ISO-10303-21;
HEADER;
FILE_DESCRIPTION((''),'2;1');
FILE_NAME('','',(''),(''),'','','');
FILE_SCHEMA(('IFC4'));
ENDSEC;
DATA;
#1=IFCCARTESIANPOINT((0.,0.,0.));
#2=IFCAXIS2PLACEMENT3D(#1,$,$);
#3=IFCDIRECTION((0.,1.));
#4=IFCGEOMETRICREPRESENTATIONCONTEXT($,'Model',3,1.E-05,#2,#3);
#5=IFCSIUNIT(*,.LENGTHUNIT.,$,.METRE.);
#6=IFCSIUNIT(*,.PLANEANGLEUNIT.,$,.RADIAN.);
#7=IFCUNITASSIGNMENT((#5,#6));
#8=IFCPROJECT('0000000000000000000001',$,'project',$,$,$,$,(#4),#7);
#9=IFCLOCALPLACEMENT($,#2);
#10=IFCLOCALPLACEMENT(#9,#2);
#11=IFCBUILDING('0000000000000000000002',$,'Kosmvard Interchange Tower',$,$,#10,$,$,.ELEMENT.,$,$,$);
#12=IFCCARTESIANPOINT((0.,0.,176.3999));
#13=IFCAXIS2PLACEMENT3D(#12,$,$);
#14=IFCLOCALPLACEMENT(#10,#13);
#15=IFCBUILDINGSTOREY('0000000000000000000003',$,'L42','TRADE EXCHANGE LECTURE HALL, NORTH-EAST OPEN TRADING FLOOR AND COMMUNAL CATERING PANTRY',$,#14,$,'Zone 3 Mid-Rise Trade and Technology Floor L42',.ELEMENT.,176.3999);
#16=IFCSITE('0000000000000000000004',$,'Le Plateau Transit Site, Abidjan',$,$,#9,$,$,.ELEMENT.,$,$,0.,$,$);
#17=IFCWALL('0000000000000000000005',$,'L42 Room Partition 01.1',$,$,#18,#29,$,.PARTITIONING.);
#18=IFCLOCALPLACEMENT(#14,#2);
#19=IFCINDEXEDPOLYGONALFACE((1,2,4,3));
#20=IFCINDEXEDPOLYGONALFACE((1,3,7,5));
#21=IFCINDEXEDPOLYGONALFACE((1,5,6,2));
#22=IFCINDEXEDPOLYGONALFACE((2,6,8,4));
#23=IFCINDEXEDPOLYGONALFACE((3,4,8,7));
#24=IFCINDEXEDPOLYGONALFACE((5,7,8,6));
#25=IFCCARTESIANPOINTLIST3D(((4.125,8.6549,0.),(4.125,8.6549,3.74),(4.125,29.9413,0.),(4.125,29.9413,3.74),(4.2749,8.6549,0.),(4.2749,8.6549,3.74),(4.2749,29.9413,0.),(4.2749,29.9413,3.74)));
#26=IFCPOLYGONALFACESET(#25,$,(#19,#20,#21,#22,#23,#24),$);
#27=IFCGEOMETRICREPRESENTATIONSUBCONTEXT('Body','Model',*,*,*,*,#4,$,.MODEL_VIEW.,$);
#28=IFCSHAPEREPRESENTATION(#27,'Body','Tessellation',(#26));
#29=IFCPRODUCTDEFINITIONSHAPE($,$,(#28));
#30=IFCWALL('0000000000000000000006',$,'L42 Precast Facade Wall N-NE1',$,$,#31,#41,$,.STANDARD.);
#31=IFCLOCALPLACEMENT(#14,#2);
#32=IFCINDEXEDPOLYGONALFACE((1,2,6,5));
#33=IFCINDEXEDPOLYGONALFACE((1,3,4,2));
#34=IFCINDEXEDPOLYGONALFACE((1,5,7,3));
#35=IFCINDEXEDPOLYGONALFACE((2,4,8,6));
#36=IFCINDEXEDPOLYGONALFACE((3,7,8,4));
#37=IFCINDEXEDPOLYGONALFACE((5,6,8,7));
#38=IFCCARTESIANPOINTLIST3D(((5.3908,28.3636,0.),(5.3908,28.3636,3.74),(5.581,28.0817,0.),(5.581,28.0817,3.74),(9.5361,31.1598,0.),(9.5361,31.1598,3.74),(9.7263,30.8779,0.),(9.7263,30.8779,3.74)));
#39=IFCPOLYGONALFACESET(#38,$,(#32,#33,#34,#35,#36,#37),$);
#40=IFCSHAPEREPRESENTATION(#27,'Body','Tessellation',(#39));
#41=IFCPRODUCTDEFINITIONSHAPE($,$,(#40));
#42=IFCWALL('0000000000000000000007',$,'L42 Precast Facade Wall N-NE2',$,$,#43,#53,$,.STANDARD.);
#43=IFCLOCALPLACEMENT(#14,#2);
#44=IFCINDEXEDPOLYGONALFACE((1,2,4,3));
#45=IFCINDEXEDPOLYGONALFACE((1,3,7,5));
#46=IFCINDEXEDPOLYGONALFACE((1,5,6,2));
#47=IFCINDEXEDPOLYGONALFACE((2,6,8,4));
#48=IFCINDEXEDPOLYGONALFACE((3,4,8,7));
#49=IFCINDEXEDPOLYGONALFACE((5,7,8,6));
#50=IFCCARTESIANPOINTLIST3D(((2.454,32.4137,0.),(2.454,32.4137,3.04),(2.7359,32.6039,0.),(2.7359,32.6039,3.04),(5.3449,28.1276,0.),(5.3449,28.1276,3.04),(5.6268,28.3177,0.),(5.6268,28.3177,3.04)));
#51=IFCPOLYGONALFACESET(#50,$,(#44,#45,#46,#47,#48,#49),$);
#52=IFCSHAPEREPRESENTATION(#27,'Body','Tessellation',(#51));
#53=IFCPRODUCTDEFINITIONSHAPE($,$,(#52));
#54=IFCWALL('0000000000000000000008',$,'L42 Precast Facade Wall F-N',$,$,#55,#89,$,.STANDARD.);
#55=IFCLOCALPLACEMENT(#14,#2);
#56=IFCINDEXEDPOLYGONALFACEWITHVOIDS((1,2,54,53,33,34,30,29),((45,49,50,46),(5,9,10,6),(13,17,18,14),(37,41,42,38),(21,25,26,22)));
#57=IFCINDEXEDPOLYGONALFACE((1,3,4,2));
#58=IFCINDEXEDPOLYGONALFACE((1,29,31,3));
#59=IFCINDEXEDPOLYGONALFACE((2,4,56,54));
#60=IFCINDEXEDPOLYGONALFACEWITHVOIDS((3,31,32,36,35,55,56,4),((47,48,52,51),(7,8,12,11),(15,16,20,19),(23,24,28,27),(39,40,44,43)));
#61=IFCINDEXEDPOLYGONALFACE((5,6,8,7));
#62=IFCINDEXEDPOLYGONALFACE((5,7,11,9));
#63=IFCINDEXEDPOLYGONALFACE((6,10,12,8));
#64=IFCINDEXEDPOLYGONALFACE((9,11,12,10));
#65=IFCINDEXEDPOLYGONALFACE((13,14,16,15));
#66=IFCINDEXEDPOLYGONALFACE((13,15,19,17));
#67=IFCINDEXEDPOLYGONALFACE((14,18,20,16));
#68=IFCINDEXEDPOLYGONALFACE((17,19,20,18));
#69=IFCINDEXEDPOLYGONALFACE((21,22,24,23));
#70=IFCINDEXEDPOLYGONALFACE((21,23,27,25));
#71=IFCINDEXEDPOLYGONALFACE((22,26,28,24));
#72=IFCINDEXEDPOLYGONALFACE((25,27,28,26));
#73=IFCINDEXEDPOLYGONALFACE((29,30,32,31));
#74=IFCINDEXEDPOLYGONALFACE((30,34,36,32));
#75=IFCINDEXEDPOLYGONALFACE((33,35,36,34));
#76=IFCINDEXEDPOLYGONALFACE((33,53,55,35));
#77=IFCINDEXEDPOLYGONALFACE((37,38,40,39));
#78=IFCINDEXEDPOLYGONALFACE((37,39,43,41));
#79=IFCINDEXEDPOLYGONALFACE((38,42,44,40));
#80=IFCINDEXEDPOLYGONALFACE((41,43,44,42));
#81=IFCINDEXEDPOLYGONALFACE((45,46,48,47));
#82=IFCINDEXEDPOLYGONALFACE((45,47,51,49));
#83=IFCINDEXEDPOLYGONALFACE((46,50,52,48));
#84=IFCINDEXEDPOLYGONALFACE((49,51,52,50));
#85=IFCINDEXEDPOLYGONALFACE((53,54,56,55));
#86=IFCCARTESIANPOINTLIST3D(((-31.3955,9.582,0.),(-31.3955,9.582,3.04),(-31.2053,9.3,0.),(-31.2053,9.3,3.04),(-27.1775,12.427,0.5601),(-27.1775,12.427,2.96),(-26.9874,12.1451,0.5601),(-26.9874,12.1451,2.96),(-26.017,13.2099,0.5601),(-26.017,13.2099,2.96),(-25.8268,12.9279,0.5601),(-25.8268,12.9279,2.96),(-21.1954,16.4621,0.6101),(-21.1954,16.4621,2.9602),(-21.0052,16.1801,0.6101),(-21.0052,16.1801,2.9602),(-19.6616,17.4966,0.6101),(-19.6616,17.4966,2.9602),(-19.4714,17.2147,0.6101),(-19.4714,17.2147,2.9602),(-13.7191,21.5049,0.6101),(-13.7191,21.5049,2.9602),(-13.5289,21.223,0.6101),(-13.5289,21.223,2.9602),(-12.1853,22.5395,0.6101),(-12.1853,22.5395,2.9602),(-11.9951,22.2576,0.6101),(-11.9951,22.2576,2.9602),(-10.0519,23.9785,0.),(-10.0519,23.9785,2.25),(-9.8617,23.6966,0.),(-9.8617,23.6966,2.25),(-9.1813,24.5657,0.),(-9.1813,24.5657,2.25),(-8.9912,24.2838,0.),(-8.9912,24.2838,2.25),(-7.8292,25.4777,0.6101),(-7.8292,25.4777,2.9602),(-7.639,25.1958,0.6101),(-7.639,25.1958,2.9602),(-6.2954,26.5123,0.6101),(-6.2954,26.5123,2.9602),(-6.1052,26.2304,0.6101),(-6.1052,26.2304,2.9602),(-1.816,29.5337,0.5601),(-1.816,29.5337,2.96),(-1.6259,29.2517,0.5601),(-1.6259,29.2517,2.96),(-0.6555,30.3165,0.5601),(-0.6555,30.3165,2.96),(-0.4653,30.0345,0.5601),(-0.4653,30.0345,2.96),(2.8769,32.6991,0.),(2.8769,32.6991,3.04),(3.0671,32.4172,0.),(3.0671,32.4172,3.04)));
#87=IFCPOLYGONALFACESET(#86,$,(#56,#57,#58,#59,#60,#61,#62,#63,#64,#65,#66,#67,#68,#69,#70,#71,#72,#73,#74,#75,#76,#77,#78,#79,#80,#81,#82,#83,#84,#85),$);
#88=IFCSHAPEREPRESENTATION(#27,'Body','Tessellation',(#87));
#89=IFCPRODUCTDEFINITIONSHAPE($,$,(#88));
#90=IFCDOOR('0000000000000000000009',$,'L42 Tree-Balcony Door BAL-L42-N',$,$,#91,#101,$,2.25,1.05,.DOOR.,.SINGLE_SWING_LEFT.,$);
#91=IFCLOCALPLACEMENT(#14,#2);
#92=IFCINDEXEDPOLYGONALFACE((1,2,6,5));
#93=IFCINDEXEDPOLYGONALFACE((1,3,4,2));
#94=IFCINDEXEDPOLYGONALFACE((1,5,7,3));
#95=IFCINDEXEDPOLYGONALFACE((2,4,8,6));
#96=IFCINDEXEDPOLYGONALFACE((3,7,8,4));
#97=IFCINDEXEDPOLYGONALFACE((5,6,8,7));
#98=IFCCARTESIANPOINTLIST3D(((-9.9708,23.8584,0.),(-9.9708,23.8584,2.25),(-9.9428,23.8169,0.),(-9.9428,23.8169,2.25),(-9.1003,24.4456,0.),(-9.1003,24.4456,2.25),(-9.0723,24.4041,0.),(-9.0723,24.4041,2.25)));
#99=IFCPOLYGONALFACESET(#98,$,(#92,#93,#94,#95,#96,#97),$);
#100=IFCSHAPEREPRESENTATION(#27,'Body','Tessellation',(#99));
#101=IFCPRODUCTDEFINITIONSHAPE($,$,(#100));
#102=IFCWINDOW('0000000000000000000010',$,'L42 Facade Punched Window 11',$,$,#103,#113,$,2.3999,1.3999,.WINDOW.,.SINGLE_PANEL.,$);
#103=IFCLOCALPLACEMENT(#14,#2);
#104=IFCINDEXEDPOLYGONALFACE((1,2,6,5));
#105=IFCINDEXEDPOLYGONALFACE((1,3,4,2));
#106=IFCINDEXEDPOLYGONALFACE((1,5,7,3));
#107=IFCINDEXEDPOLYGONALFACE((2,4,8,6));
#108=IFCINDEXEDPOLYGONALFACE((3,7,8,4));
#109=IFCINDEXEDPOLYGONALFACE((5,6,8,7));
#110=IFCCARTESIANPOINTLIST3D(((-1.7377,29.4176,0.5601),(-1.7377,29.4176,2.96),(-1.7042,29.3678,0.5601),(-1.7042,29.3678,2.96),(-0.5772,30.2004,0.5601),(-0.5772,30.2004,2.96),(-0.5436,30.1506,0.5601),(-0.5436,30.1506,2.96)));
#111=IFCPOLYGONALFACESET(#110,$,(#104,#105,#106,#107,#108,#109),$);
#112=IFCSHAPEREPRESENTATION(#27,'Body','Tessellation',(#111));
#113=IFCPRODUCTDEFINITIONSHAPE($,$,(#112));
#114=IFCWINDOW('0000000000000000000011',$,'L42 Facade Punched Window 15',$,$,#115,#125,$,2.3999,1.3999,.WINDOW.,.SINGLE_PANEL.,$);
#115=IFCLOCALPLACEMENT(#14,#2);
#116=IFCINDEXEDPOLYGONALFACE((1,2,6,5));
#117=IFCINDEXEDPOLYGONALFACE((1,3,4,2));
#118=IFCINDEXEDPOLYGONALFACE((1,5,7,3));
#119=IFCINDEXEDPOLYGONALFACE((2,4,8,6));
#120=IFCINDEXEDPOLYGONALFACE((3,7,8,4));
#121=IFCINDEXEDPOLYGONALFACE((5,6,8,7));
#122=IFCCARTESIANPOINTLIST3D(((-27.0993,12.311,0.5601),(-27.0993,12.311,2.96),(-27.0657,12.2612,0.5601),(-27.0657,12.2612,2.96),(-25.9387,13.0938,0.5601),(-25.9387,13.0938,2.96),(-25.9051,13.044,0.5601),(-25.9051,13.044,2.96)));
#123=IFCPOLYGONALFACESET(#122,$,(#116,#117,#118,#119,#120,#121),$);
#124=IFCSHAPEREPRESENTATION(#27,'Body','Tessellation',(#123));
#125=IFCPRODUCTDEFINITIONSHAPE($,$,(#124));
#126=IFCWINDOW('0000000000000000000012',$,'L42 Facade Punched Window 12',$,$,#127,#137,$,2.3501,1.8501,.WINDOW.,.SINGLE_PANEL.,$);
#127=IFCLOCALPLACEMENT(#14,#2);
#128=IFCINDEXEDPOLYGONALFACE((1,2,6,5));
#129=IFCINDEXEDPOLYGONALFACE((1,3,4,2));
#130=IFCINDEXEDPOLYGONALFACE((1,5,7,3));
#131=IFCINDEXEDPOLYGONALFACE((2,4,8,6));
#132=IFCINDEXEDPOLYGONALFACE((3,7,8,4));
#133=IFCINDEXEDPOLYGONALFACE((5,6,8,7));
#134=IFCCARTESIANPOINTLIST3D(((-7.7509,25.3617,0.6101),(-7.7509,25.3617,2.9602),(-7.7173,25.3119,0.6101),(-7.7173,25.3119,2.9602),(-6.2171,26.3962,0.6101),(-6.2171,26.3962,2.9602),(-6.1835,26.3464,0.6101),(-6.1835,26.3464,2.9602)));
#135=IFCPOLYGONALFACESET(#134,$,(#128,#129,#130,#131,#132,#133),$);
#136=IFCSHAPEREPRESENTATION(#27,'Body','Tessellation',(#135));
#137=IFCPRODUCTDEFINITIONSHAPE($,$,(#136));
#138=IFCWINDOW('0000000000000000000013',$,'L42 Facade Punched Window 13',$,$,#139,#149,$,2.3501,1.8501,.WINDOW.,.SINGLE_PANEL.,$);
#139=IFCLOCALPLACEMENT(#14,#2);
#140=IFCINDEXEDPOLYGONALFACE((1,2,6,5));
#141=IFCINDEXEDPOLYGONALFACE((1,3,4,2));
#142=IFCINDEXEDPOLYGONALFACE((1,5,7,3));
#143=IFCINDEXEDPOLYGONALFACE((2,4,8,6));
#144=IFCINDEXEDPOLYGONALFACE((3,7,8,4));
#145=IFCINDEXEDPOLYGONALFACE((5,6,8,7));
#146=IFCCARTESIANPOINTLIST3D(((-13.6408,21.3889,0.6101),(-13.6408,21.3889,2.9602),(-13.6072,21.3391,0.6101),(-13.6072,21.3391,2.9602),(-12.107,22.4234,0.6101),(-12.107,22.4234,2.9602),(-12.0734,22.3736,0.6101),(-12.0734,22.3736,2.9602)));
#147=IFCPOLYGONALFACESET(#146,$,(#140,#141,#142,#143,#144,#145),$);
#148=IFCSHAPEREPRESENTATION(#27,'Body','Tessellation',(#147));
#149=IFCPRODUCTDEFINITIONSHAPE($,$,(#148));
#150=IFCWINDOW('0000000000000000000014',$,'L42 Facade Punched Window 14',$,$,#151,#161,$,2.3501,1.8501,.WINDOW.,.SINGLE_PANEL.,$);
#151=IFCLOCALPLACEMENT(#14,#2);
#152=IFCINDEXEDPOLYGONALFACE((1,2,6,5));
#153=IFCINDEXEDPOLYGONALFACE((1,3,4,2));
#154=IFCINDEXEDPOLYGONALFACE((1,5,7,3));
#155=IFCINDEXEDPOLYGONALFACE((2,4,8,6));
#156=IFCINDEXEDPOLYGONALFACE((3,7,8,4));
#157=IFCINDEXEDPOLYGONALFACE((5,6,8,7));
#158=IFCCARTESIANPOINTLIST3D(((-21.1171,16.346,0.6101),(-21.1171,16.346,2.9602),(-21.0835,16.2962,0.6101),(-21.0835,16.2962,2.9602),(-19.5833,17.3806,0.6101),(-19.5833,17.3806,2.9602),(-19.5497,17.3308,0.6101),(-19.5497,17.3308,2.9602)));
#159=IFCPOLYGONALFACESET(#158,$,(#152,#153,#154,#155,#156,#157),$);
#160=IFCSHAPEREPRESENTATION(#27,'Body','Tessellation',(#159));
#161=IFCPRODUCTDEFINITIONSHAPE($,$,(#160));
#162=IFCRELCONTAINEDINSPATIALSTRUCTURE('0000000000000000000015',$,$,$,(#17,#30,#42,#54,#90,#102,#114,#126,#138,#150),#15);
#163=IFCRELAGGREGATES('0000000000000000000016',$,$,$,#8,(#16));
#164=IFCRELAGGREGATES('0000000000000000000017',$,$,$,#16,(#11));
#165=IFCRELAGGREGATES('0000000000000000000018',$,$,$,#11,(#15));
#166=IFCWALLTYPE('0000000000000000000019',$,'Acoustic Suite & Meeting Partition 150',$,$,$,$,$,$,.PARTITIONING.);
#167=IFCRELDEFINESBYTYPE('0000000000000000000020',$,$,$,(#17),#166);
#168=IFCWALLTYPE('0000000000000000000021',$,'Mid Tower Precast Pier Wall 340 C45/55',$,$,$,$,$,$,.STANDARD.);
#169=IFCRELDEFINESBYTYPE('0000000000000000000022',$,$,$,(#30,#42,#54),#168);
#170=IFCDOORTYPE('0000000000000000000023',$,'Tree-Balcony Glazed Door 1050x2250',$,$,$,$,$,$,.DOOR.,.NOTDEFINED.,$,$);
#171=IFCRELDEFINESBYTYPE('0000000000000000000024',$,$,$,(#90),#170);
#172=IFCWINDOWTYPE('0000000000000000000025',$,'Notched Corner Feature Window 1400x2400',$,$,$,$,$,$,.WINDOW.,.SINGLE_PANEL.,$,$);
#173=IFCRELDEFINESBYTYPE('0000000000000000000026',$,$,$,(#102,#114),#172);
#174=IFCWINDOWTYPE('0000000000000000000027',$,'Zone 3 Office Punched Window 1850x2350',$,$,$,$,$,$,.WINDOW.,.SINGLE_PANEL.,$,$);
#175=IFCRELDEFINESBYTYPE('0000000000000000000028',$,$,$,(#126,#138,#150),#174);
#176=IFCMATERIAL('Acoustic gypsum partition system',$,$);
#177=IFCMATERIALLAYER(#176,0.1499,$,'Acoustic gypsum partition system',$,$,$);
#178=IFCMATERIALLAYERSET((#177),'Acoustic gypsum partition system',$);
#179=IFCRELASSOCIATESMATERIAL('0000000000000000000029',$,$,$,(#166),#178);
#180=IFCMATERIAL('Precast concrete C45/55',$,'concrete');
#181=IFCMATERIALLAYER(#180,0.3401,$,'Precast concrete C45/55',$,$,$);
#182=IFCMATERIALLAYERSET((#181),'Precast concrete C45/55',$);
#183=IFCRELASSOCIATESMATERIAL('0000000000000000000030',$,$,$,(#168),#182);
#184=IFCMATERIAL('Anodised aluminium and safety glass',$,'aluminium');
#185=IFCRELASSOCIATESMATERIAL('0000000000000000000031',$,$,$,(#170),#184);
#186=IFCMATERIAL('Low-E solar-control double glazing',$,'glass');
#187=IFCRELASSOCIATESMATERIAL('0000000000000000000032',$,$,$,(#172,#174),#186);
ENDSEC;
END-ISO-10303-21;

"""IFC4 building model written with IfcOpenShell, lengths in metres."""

from ifc_helpers import new_model, si_unit, direction, frame, frame_2d, origin, place, context, subcontext, project, spatial, rectangle, extrude, source, transform, mapped, material, layer, layer_set, type_object, element, fill, save


model = new_model("IFC4")

# Units and contexts
model_context = context("Model", 3, precision=1e-05, world=origin(), true_north=direction((0.0, 1.0)))
body_context = subcontext(model_context, "Body", "Model", "MODEL_VIEW")
ifc_project = project(units=[si_unit("LENGTHUNIT", "METRE"), si_unit("PLANEANGLEUNIT", "RADIAN")], contexts=[model_context])

# Site, building, storey
site_placement = place(None, origin())
site = spatial("IfcSite", under=ifc_project, at=site_placement, Name="Le Plateau Transit Site, Abidjan", CompositionType="ELEMENT", RefElevation=0.0)
building_placement = place(site_placement, origin())
building = spatial("IfcBuilding", under=site, at=building_placement, Name="Kosmvard Interchange Tower", CompositionType="ELEMENT")
storey_placement = place(building_placement, frame((0.0, 0.0, 176.3999)))
storey = spatial("IfcBuildingStorey", under=building, at=storey_placement, Name="L42", Description="TRADE EXCHANGE LECTURE HALL, NORTH-EAST OPEN TRADING FLOOR AND COMMUNAL CATERING PANTRY", LongName="Zone 3 Mid-Rise Trade and Technology Floor L42", CompositionType="ELEMENT", Elevation=176.3999)

# Shared definitions
ifc_material_1 = material(Name="Precast concrete C45/55", Category="concrete")

# Walls
ifc_material_2 = material(Name="Acoustic gypsum partition system")
ifc_layer_1 = layer(ifc_material_2, 0.1499, Name="Acoustic gypsum partition system")
ifc_layer_set_1 = layer_set([ifc_layer_1], Name="Acoustic gypsum partition system")
wall_type_1 = type_object("IfcWallType", Name="Acoustic Suite & Meeting Partition 150", PredefinedType="PARTITIONING", material=ifc_layer_set_1)
wall_1_placement = place(storey_placement, frame((4.2, 8.655, 0.0), z_axis=(0.0, 0.0, 1.0), x_axis=(0.0, 1.0, 0.0)))
element("IfcWall", 1, at=wall_1_placement, inside=storey, type_object=wall_type_1, Name="L42 Room Partition 01.1", PredefinedType="PARTITIONING", context=body_context, shape_type="SweptSolid", body=[
    extrude(rectangle(XDim=21.2864, YDim=0.1499, at=frame_2d((10.6431, 0.0))), origin(), (0.0, 0.0, 1.0), 3.74),
])
ifc_layer_2 = layer(ifc_material_1, 0.3401, Name="Precast concrete C45/55")
ifc_layer_set_2 = layer_set([ifc_layer_2], Name="Precast concrete C45/55")
wall_type_2 = type_object("IfcWallType", Name="Mid Tower Precast Pier Wall 340 C45/55", PredefinedType="STANDARD", material=ifc_layer_set_2)
wall_2_placement = place(storey_placement, frame((9.6311, 31.0188, 0.0), z_axis=(0.0, 0.0, 1.0), x_axis=(-0.829026, -0.55921, 0.0)))
element("IfcWall", 2, at=wall_2_placement, inside=storey, type_object=wall_type_2, Name="L42 Precast Facade Wall N-NE1", PredefinedType="STANDARD", context=body_context, shape_type="SweptSolid", body=[
    extrude(rectangle(XDim=5.0002, YDim=0.3401, at=frame_2d((2.5, 0.0))), origin(), (0.0, 0.0, 1.0), 3.74),
])
wall_3_placement = place(storey_placement, frame((5.4858, 28.2227, 0.0), z_axis=(0.0, 0.0, 1.0), x_axis=(-0.559171, 0.829052, 0.0)))
element("IfcWall", 3, at=wall_3_placement, inside=storey, type_object=wall_type_2, Name="L42 Precast Facade Wall N-NE2", PredefinedType="STANDARD", context=body_context, shape_type="SweptSolid", body=[
    extrude(rectangle(XDim=5.1699, YDim=0.3401, at=frame_2d((2.585, 0.0))), origin(), (0.0, 0.0, 1.0), 3.04),
])

# Wall, openings, door, windows
wall_4_placement = place(storey_placement, frame((2.9719, 32.5581, 0.0), z_axis=(0.0, 0.0, 1.0), x_axis=(-0.829036, -0.559195, 0.0)))
wall_4 = element("IfcWall", 4, at=wall_4_placement, inside=storey, type_object=wall_type_2, Name="L42 Precast Facade Wall F-N", PredefinedType="STANDARD", context=body_context, shape_type="SweptSolid", body=[
    extrude(rectangle(XDim=41.3401, YDim=0.3401, at=frame_2d((20.6699, 0.0))), origin(), (0.0, 0.0, 1.0), 3.04),
])
opening_1_placement = place(wall_4_placement, frame((14.5449, 0.0, 0.0)))
opening_1 = element("IfcOpeningElement", 5, at=opening_1_placement, cuts=wall_4, PredefinedType="OPENING", context=body_context, shape_type="SweptSolid", body=[
    extrude(rectangle(XDim=1.05, YDim=2.25, at=frame_2d((0.5249, 1.125))), frame((0.0, 0.1802, 0.0), z_axis=(0.0, -1.0, 0.0), x_axis=(1.0, 0.0, 0.0)), (0.0, 0.0, 1.0), 0.3601),
])
opening_2_placement = place(wall_4_placement, frame((4.2607, 0.0, 0.5601)))
opening_2 = element("IfcOpeningElement", 6, at=opening_2_placement, cuts=wall_4, PredefinedType="OPENING", context=body_context, shape_type="SweptSolid", body=[
    extrude(rectangle(XDim=1.3999, YDim=2.3999, at=frame_2d((0.7, 1.2))), frame((0.0, 0.1802, 0.0), z_axis=(0.0, -1.0, 0.0), x_axis=(1.0, 0.0, 0.0)), (0.0, 0.0, 1.0), 0.3601),
])
opening_3_placement = place(wall_4_placement, frame((11.0637, 0.0, 0.6101)))
opening_3 = element("IfcOpeningElement", 7, at=opening_3_placement, cuts=wall_4, PredefinedType="OPENING", context=body_context, shape_type="SweptSolid", body=[
    extrude(rectangle(XDim=1.8501, YDim=2.3501, at=frame_2d((0.925, 1.175))), frame((0.0, 0.1802, 0.0), z_axis=(0.0, -1.0, 0.0), x_axis=(1.0, 0.0, 0.0)), (0.0, 0.0, 1.0), 0.3601),
])
opening_4_placement = place(wall_4_placement, frame((18.1682, 0.0, 0.6101)))
opening_4 = element("IfcOpeningElement", 8, at=opening_4_placement, cuts=wall_4, PredefinedType="OPENING", context=body_context, shape_type="SweptSolid", body=[
    extrude(rectangle(XDim=1.8501, YDim=2.3501, at=frame_2d((0.925, 1.175))), frame((0.0, 0.1802, 0.0), z_axis=(0.0, -1.0, 0.0), x_axis=(1.0, 0.0, 0.0)), (0.0, 0.0, 1.0), 0.3601),
])
opening_5_placement = place(wall_4_placement, frame((27.1863, 0.0, 0.6101)))
opening_5 = element("IfcOpeningElement", 9, at=opening_5_placement, cuts=wall_4, PredefinedType="OPENING", context=body_context, shape_type="SweptSolid", body=[
    extrude(rectangle(XDim=1.8501, YDim=2.3501, at=frame_2d((0.925, 1.175))), frame((0.0, 0.1802, 0.0), z_axis=(0.0, -1.0, 0.0), x_axis=(1.0, 0.0, 0.0)), (0.0, 0.0, 1.0), 0.3601),
])
opening_6_placement = place(wall_4_placement, frame((34.8523, 0.0, 0.5601)))
opening_6 = element("IfcOpeningElement", 10, at=opening_6_placement, cuts=wall_4, PredefinedType="OPENING", context=body_context, shape_type="SweptSolid", body=[
    extrude(rectangle(XDim=1.3999, YDim=2.3999, at=frame_2d((0.7, 1.2))), frame((0.0, 0.1802, 0.0), z_axis=(0.0, -1.0, 0.0), x_axis=(1.0, 0.0, 0.0)), (0.0, 0.0, 1.0), 0.3601),
])
ifc_material_3 = material(Name="Anodised aluminium and safety glass", Category="aluminium")
door_type = type_object("IfcDoorType", Name="Tree-Balcony Glazed Door 1050x2250", OperationType="NOTDEFINED", PredefinedType="DOOR", material=ifc_material_3)
shared_shape_1 = source(origin(), body_context, "Body", "SweptSolid", [
    extrude(rectangle(XDim=1.05, YDim=2.25, at=frame_2d((0.5249, 1.125))), frame((0.0, 0.0249, 0.0), z_axis=(0.0, -1.0, 0.0), x_axis=(1.0, 0.0, 0.0)), (0.0, 0.0, 1.0), 0.05),
])
door_placement = place(opening_1_placement, origin())
door = element("IfcDoor", 11, at=door_placement, inside=storey, type_object=door_type, Name="L42 Tree-Balcony Door BAL-L42-N", OperationType="SINGLE_SWING_LEFT", OverallHeight=2.25, OverallWidth=1.05, PredefinedType="DOOR", context=body_context, shape_type="MappedRepresentation", body=[
    mapped(shared_shape_1, transform((0.0, 0.0, 0.0), scale=1.0)),
])
fill(opening_1, door)
ifc_material_4 = material(Name="Low-E solar-control double glazing", Category="glass")
window_type_1 = type_object("IfcWindowType", Name="Notched Corner Feature Window 1400x2400", PartitioningType="SINGLE_PANEL", PredefinedType="WINDOW", material=ifc_material_4)
shared_shape_2 = source(origin(), body_context, "Body", "SweptSolid", [
    extrude(rectangle(XDim=1.3999, YDim=2.3999, at=frame_2d((0.7, 1.2))), frame((0.0, 0.03, 0.0), z_axis=(0.0, -1.0, 0.0), x_axis=(1.0, 0.0, 0.0)), (0.0, 0.0, 1.0), 0.0601),
])
window_1_placement = place(opening_2_placement, origin())
window_1 = element("IfcWindow", 12, at=window_1_placement, inside=storey, type_object=window_type_1, Name="L42 Facade Punched Window 11", OverallHeight=2.3999, OverallWidth=1.3999, PartitioningType="SINGLE_PANEL", PredefinedType="WINDOW", context=body_context, shape_type="MappedRepresentation", body=[
    mapped(shared_shape_2, transform((0.0, 0.0, 0.0), scale=1.0)),
])
fill(opening_2, window_1)
window_2_placement = place(opening_6_placement, origin())
window_2 = element("IfcWindow", 13, at=window_2_placement, inside=storey, type_object=window_type_1, Name="L42 Facade Punched Window 15", OverallHeight=2.3999, OverallWidth=1.3999, PartitioningType="SINGLE_PANEL", PredefinedType="WINDOW", context=body_context, shape_type="MappedRepresentation", body=[
    mapped(shared_shape_2, transform((0.0, 0.0, 0.0), scale=1.0)),
])
fill(opening_6, window_2)
window_type_2 = type_object("IfcWindowType", Name="Zone 3 Office Punched Window 1850x2350", PartitioningType="SINGLE_PANEL", PredefinedType="WINDOW", material=ifc_material_4)
shared_shape_3 = source(origin(), body_context, "Body", "SweptSolid", [
    extrude(rectangle(XDim=1.8501, YDim=2.3501, at=frame_2d((0.925, 1.175))), frame((0.0, 0.03, 0.0), z_axis=(0.0, -1.0, 0.0), x_axis=(1.0, 0.0, 0.0)), (0.0, 0.0, 1.0), 0.0601),
])
window_3_placement = place(opening_3_placement, origin())
window_3 = element("IfcWindow", 14, at=window_3_placement, inside=storey, type_object=window_type_2, Name="L42 Facade Punched Window 12", OverallHeight=2.3501, OverallWidth=1.8501, PartitioningType="SINGLE_PANEL", PredefinedType="WINDOW", context=body_context, shape_type="MappedRepresentation", body=[
    mapped(shared_shape_3, transform((0.0, 0.0, 0.0), scale=1.0)),
])
fill(opening_3, window_3)
window_4_placement = place(opening_4_placement, origin())
window_4 = element("IfcWindow", 15, at=window_4_placement, inside=storey, type_object=window_type_2, Name="L42 Facade Punched Window 13", OverallHeight=2.3501, OverallWidth=1.8501, PartitioningType="SINGLE_PANEL", PredefinedType="WINDOW", context=body_context, shape_type="MappedRepresentation", body=[
    mapped(shared_shape_3, transform((0.0, 0.0, 0.0), scale=1.0)),
])
fill(opening_4, window_4)
window_5_placement = place(opening_5_placement, origin())
window_5 = element("IfcWindow", 16, at=window_5_placement, inside=storey, type_object=window_type_2, Name="L42 Facade Punched Window 14", OverallHeight=2.3501, OverallWidth=1.8501, PartitioningType="SINGLE_PANEL", PredefinedType="WINDOW", context=body_context, shape_type="MappedRepresentation", body=[
    mapped(shared_shape_3, transform((0.0, 0.0, 0.0), scale=1.0)),
])
fill(opening_5, window_5)

save(model, "model.ifc")
